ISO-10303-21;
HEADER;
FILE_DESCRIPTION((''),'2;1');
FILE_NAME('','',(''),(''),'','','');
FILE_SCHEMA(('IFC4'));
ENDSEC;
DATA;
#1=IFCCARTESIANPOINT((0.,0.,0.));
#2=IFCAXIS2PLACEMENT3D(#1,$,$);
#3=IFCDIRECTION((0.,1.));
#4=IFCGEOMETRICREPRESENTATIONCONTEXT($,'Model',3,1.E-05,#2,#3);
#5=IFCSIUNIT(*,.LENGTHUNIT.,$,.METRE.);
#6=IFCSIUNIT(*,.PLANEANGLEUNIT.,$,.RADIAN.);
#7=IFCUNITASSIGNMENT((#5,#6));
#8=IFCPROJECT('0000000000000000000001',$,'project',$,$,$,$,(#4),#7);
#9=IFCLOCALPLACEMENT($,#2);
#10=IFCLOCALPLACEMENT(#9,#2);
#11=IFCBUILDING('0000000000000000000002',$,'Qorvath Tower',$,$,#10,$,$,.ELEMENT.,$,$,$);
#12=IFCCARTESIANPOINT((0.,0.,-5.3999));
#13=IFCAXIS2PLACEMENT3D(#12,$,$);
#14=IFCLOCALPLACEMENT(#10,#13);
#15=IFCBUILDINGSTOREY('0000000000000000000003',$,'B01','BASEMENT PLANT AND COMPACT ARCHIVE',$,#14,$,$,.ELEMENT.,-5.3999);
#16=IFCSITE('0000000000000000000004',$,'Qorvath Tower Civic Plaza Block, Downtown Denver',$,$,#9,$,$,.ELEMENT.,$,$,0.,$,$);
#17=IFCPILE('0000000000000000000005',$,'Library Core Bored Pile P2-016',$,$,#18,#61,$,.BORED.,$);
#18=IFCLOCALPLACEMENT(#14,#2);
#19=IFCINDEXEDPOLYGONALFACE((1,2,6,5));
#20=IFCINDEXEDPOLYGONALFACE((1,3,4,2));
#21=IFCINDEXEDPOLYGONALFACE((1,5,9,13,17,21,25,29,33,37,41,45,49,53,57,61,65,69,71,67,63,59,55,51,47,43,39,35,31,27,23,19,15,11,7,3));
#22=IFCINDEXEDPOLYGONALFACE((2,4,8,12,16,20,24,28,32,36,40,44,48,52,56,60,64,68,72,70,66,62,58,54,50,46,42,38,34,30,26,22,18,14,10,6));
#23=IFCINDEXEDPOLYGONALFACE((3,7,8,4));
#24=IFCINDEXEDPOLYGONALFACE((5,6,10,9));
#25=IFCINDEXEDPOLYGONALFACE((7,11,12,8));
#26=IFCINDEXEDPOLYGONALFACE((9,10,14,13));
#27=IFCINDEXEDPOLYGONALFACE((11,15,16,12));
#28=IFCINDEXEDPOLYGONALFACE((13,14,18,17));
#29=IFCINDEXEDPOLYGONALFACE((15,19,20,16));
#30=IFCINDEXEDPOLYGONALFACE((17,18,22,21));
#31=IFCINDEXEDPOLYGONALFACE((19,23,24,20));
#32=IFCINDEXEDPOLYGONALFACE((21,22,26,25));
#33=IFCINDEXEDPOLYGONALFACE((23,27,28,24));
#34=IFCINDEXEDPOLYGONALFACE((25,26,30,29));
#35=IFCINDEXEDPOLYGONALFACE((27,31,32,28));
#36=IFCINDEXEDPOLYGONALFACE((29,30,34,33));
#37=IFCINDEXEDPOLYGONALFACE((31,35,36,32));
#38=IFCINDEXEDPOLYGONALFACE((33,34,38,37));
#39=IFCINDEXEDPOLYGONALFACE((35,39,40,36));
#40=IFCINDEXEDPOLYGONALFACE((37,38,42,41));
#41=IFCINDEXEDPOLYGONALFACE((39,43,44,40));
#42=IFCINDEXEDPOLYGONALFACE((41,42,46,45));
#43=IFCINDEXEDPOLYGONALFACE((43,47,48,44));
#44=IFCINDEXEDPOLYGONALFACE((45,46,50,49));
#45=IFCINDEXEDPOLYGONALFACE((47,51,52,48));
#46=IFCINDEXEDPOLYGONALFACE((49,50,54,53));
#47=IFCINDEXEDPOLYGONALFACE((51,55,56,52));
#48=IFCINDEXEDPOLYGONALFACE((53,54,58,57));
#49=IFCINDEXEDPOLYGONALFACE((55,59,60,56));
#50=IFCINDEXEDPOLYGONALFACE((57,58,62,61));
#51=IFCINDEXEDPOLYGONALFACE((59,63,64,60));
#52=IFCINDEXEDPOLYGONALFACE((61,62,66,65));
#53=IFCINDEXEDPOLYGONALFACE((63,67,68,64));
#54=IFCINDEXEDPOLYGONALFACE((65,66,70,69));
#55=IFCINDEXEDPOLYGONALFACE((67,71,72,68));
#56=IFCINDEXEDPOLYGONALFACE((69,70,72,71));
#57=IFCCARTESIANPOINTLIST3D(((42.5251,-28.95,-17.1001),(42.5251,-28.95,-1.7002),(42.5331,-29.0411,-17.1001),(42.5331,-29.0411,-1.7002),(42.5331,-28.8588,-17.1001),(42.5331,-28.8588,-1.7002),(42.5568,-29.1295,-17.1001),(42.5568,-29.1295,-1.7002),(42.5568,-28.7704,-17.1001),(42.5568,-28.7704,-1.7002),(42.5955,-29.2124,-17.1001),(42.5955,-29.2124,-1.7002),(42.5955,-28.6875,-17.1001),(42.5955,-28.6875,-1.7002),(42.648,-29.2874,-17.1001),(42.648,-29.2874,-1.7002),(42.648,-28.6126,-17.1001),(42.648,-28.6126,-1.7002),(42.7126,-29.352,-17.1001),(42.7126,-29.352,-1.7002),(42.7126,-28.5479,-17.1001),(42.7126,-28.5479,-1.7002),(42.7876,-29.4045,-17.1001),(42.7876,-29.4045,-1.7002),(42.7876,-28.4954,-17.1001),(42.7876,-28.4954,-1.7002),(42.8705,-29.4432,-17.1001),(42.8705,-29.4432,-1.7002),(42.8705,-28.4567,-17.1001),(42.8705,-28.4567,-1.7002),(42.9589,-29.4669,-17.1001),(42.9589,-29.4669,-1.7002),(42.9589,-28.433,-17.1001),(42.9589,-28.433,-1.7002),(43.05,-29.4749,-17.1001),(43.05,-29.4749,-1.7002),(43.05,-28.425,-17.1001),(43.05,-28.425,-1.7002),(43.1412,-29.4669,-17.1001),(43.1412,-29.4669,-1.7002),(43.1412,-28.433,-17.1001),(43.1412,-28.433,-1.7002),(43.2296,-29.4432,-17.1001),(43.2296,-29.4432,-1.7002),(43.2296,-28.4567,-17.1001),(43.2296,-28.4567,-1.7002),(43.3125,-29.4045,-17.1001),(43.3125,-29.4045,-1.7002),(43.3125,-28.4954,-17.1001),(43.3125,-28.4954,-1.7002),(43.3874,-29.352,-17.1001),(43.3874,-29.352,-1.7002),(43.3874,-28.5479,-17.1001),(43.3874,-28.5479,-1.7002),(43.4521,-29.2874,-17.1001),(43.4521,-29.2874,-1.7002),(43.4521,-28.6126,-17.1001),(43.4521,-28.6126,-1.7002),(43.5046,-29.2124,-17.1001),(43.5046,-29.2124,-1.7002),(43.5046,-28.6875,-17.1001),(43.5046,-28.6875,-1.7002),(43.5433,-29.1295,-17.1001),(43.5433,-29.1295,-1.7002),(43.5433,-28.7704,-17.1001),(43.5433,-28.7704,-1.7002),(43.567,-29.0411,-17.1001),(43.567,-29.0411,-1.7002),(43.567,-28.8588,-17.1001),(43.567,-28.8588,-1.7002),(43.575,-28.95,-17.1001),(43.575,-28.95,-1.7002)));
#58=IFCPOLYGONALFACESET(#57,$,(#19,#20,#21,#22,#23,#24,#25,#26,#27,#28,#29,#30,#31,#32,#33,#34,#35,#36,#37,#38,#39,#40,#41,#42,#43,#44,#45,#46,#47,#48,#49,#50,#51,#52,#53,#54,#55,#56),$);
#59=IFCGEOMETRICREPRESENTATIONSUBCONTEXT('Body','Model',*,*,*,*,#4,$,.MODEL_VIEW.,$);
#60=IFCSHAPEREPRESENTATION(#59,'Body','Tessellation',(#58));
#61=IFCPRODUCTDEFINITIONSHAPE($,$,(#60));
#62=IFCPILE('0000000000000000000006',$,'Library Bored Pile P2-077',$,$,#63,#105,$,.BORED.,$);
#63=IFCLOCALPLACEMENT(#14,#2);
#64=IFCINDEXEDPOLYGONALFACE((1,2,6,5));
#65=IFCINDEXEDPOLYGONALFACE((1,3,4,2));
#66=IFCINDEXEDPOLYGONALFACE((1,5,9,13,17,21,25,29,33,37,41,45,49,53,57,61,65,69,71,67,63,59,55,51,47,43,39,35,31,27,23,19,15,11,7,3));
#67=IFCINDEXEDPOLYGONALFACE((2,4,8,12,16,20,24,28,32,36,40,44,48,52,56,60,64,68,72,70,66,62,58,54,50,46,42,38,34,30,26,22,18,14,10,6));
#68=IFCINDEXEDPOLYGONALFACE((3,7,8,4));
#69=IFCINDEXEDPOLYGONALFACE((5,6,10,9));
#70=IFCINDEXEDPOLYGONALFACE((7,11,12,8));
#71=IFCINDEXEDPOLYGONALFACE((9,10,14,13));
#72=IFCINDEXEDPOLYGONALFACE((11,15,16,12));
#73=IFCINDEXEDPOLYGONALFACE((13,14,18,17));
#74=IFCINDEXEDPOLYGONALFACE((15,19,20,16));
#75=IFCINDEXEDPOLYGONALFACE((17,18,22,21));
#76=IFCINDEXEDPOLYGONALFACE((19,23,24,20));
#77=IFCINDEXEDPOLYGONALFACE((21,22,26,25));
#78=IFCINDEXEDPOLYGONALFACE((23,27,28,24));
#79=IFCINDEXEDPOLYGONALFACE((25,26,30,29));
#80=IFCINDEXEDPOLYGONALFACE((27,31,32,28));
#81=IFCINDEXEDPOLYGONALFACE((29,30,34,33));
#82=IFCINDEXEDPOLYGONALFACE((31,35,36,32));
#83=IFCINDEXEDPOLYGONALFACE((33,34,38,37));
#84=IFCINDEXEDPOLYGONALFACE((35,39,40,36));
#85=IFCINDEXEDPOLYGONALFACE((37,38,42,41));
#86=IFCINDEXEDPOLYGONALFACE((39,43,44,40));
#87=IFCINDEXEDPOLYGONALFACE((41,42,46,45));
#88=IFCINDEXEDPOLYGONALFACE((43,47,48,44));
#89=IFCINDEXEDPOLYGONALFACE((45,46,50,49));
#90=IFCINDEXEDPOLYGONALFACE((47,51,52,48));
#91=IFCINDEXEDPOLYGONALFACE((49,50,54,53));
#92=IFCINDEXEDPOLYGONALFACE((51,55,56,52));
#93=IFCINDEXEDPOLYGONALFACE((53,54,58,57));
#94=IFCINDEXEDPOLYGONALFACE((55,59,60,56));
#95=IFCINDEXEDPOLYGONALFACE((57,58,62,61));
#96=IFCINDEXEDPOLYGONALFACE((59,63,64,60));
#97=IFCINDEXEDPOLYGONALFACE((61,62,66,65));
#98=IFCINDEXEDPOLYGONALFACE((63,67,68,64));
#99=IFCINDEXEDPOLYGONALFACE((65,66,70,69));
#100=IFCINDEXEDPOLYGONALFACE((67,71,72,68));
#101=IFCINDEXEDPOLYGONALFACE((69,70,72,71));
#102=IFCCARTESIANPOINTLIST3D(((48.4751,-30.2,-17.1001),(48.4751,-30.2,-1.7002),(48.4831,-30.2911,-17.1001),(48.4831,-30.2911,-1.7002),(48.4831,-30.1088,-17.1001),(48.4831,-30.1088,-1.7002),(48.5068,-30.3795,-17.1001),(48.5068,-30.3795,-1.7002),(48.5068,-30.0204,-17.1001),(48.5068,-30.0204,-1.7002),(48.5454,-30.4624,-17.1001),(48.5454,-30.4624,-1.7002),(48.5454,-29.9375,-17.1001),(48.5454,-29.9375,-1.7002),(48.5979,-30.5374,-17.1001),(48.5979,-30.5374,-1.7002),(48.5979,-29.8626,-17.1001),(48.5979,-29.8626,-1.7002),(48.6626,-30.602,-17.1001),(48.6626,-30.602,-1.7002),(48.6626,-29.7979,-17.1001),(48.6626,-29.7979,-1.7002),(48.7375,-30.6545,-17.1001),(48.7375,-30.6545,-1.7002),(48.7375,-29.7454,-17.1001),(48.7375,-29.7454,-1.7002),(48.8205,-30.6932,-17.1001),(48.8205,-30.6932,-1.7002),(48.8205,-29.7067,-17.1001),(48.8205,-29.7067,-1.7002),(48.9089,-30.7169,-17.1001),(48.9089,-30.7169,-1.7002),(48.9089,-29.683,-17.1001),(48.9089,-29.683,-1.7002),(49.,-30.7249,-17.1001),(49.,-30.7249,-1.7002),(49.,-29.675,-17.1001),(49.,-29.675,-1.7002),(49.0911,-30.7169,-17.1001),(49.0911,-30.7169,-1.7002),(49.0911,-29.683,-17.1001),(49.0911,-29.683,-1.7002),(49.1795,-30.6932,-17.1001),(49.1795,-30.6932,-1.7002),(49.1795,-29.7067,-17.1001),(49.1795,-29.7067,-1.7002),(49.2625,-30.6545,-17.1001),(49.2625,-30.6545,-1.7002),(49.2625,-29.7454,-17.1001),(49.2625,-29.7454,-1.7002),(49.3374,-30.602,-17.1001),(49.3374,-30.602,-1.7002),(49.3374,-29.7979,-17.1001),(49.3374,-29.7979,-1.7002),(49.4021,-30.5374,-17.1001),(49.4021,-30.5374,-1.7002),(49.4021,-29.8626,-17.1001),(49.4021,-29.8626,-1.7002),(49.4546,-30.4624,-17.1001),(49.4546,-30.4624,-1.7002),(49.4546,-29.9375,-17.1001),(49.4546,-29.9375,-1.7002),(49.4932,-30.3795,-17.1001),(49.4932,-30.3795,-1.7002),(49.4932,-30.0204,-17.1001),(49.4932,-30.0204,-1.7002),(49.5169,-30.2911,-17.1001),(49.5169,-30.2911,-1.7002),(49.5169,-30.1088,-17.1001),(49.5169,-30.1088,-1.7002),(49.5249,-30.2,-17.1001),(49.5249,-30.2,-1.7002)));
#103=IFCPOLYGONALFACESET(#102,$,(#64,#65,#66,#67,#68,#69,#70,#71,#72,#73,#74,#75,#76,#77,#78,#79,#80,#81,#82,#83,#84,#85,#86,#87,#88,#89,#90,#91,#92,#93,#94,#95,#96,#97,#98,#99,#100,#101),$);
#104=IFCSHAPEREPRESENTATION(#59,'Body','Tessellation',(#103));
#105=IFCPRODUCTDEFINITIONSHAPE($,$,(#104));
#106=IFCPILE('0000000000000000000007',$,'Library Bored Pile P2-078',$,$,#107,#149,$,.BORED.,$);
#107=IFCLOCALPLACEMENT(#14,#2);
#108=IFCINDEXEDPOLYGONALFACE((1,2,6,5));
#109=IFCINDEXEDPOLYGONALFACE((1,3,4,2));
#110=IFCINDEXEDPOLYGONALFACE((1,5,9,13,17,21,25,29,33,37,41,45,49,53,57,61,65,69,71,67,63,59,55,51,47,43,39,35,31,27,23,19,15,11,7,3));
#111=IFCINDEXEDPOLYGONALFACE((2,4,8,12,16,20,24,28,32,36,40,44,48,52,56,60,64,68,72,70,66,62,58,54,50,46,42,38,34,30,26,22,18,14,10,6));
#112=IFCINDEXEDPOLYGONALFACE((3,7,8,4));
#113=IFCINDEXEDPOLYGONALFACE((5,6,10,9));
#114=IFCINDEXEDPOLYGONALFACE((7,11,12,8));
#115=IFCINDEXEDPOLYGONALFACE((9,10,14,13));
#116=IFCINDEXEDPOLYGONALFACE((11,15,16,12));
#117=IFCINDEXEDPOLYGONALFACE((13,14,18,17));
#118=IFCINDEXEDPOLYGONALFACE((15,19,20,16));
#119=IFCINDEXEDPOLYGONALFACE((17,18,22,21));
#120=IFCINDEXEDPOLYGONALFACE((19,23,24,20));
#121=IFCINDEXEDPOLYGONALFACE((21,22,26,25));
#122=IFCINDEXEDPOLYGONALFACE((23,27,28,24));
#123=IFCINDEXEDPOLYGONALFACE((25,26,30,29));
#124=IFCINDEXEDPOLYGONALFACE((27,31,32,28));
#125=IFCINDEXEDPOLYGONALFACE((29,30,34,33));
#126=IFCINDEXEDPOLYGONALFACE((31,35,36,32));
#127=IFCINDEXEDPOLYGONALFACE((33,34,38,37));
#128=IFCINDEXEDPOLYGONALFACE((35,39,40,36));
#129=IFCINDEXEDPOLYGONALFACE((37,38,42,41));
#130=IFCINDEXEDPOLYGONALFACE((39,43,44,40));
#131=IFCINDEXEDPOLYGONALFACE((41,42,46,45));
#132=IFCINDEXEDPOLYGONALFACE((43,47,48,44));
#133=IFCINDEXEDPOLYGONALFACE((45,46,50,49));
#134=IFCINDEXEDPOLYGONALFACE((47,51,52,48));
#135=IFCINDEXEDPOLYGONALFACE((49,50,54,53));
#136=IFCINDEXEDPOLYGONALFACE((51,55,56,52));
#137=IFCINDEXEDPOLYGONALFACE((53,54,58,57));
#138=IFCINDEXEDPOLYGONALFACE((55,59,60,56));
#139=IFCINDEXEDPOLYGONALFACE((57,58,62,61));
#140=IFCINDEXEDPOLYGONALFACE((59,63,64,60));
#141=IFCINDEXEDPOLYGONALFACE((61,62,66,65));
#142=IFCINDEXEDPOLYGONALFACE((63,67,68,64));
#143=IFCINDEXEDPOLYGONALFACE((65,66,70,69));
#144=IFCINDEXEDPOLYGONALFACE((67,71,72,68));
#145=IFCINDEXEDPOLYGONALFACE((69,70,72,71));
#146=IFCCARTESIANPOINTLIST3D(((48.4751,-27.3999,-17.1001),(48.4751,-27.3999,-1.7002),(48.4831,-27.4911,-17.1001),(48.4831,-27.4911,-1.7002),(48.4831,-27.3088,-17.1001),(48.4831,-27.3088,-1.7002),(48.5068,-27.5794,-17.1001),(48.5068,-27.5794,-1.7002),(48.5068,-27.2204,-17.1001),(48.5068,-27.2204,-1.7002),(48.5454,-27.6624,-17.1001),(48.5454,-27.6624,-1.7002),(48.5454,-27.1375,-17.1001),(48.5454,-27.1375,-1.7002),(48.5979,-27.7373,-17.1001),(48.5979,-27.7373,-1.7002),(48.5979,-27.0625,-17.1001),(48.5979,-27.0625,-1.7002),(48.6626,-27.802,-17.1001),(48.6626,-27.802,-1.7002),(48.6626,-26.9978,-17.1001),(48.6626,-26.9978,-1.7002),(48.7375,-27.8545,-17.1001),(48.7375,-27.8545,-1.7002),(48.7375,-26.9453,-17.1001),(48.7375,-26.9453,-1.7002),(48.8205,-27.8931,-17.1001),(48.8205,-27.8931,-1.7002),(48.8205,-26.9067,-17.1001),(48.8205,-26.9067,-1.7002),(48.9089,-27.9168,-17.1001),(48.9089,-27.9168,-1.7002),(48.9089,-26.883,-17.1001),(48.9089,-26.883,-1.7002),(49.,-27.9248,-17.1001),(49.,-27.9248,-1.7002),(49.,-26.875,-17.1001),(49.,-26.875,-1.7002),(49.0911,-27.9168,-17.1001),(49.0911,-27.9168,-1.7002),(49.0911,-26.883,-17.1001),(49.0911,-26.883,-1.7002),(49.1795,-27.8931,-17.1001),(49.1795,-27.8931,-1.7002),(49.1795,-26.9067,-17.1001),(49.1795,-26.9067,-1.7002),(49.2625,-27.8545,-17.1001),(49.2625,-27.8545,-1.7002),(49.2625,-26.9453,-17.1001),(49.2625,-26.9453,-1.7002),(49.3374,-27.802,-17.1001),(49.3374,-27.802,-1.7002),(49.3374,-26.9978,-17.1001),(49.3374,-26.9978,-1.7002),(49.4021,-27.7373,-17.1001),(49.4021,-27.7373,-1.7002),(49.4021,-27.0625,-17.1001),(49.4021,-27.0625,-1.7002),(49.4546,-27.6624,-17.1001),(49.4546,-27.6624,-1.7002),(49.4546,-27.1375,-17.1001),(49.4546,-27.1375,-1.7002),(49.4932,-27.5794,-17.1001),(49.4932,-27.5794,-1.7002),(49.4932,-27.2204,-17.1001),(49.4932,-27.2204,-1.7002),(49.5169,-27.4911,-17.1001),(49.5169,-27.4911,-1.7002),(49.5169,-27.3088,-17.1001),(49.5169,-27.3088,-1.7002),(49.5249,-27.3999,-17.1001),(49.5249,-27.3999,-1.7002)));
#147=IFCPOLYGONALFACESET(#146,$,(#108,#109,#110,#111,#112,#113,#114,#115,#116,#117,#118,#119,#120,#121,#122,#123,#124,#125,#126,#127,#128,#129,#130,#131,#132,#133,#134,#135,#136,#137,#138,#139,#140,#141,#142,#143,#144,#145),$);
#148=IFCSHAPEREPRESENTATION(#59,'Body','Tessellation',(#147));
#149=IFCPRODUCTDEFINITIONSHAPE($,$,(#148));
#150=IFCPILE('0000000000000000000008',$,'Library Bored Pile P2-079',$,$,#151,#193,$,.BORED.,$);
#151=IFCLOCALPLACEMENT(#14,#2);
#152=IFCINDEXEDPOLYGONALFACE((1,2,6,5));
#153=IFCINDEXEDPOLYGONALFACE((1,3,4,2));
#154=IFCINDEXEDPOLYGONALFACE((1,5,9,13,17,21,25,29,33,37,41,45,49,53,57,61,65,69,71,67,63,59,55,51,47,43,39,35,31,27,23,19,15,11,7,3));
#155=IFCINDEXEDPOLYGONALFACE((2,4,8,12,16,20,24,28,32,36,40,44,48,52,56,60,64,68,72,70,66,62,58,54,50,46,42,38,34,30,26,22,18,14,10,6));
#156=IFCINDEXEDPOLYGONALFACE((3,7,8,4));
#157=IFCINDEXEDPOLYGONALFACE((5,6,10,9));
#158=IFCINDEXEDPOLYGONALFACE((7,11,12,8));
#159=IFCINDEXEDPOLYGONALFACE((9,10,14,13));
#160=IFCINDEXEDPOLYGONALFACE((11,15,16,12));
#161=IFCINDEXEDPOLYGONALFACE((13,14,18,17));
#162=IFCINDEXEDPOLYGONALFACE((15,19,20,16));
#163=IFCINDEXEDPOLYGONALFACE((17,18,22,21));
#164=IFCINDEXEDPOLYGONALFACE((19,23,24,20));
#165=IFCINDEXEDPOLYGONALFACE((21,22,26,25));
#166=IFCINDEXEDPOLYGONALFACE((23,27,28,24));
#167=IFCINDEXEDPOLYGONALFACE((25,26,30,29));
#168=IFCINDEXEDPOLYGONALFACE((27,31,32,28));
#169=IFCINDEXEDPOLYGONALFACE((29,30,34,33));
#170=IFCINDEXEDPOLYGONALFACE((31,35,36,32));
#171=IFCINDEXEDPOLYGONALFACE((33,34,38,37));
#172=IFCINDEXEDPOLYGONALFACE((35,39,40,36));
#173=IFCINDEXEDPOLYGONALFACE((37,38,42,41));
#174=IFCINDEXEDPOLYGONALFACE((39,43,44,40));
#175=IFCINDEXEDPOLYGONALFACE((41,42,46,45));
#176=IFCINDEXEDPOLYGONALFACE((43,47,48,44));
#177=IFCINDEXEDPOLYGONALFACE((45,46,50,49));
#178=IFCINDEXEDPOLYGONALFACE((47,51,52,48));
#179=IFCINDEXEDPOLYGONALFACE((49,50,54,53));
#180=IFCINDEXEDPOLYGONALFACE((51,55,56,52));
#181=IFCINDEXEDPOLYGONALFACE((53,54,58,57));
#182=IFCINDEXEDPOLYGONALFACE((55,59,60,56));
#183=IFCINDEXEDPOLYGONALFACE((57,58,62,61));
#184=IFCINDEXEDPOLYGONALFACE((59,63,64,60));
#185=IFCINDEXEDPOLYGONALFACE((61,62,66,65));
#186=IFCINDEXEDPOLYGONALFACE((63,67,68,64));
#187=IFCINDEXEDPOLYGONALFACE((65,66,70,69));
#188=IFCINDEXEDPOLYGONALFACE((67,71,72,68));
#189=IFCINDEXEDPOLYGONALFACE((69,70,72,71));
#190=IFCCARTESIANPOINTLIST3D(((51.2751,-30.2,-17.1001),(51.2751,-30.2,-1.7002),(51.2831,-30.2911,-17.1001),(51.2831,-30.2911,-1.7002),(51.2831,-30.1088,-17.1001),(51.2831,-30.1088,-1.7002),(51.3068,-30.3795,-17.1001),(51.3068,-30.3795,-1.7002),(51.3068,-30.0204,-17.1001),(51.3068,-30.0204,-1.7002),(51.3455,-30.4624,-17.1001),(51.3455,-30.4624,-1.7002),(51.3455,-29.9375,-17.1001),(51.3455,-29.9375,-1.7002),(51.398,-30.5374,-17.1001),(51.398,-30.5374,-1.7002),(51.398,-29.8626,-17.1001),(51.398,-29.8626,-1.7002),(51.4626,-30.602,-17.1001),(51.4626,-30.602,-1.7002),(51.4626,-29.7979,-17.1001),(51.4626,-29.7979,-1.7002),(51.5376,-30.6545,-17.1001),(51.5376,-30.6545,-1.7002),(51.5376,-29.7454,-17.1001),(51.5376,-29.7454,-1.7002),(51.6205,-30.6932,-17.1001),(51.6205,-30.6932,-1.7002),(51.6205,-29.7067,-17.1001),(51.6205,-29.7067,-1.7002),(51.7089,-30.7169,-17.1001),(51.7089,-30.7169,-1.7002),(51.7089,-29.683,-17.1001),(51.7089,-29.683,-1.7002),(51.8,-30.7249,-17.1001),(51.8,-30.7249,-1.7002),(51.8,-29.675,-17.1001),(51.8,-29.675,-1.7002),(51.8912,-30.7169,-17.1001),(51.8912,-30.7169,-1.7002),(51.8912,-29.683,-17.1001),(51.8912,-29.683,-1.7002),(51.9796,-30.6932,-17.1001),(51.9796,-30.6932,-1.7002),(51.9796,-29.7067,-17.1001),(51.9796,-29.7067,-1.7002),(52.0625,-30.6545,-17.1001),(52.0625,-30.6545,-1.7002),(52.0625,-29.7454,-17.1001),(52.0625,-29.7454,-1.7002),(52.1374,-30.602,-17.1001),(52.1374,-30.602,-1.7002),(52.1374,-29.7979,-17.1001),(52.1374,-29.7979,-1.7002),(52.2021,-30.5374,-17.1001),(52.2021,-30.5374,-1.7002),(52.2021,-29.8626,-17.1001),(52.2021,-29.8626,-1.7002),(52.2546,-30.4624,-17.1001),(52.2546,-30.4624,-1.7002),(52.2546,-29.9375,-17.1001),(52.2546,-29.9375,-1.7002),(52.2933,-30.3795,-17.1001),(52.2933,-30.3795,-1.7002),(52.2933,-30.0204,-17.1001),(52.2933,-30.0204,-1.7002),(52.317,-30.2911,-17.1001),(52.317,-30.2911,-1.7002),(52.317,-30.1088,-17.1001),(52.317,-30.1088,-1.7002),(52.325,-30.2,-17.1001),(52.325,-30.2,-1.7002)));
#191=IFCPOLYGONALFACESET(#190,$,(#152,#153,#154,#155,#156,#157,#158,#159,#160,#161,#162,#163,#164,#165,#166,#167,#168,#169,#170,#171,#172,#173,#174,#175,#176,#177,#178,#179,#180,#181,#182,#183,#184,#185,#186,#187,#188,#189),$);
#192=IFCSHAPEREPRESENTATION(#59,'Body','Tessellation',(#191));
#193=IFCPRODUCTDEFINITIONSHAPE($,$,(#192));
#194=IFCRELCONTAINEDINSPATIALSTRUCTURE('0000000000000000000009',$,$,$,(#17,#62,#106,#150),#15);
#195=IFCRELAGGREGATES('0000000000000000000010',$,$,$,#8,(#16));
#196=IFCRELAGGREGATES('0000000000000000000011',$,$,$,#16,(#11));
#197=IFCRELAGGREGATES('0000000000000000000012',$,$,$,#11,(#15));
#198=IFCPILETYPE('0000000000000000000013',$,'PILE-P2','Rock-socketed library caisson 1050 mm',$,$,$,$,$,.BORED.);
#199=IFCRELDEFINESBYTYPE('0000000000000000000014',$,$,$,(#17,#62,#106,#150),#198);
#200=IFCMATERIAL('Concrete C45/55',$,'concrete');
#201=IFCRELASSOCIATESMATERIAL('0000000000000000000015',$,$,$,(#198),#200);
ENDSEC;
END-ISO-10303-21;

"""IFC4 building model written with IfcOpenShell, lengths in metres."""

from ifc_helpers import new_model, si_unit, direction, frame, origin, origin_2d, place, context, subcontext, project, spatial, circle, extrude, material, material_profile, profile_set, type_object, element, save


model = new_model("IFC4")

# Units and contexts
model_context = context("Model", 3, precision=1e-05, world=origin(), true_north=direction((0.0, 1.0)))
body_context = subcontext(model_context, "Body", "Model", "MODEL_VIEW")
ifc_project = project(units=[si_unit("LENGTHUNIT", "METRE"), si_unit("PLANEANGLEUNIT", "RADIAN")], contexts=[model_context])

# Site, building, storey
site_placement = place(None, origin())
site = spatial("IfcSite", under=ifc_project, at=site_placement, Name="Qorvath Tower Civic Plaza Block, Downtown Denver", CompositionType="ELEMENT", RefElevation=0.0)
building_placement = place(site_placement, origin())
building = spatial("IfcBuilding", under=site, at=building_placement, Name="Qorvath Tower", CompositionType="ELEMENT")
storey_placement = place(building_placement, frame((0.0, 0.0, -5.3999)))
storey = spatial("IfcBuildingStorey", under=building, at=storey_placement, Name="B01", Description="BASEMENT PLANT AND COMPACT ARCHIVE", CompositionType="ELEMENT", Elevation=-5.3999)

# Piles
ifc_material_1 = material(Name="Concrete C45/55", Category="concrete")
ifc_material_profile_1 = material_profile(ifc_material_1, circle(Radius=0.5249, at=origin_2d()), Name="BORED PILE 1050")
ifc_profile_set_1 = profile_set([ifc_material_profile_1], Name="Concrete C45/55")
pile_type = type_object("IfcPileType", Name="PILE-P2", Description="Rock-socketed library caisson 1050 mm", PredefinedType="BORED", material=ifc_profile_set_1)
for number, where, z_axis, x_axis, name in (
    (1, (43.05, -28.95, -1.7002), (0.0, 0.0, -1.0), (1.0, 0.0, 0.0), "Library Core Bored Pile P2-016"),
    (2, (49.0, -30.2, -1.7002), (0.0, 0.0, -1.0), (1.0, 0.0, 0.0), "Library Bored Pile P2-077"),
    (3, (49.0, -27.3999, -1.7002), (0.0, 0.0, -1.0), (1.0, 0.0, 0.0), "Library Bored Pile P2-078"),
    (4, (51.8, -30.2, -1.7002), (0.0, 0.0, -1.0), (1.0, 0.0, 0.0), "Library Bored Pile P2-079"),
):
    element("IfcPile", number, at=place(storey_placement, frame(where, z_axis=z_axis, x_axis=x_axis)), inside=storey, type_object=pile_type, Name=name, PredefinedType="BORED", context=body_context, shape_type="SweptSolid", body=[
        extrude(circle(Radius=0.5249, at=origin_2d()), origin(), (0.0, 0.0, 1.0), 15.3999),
    ])

save(model, "model.ifc")
